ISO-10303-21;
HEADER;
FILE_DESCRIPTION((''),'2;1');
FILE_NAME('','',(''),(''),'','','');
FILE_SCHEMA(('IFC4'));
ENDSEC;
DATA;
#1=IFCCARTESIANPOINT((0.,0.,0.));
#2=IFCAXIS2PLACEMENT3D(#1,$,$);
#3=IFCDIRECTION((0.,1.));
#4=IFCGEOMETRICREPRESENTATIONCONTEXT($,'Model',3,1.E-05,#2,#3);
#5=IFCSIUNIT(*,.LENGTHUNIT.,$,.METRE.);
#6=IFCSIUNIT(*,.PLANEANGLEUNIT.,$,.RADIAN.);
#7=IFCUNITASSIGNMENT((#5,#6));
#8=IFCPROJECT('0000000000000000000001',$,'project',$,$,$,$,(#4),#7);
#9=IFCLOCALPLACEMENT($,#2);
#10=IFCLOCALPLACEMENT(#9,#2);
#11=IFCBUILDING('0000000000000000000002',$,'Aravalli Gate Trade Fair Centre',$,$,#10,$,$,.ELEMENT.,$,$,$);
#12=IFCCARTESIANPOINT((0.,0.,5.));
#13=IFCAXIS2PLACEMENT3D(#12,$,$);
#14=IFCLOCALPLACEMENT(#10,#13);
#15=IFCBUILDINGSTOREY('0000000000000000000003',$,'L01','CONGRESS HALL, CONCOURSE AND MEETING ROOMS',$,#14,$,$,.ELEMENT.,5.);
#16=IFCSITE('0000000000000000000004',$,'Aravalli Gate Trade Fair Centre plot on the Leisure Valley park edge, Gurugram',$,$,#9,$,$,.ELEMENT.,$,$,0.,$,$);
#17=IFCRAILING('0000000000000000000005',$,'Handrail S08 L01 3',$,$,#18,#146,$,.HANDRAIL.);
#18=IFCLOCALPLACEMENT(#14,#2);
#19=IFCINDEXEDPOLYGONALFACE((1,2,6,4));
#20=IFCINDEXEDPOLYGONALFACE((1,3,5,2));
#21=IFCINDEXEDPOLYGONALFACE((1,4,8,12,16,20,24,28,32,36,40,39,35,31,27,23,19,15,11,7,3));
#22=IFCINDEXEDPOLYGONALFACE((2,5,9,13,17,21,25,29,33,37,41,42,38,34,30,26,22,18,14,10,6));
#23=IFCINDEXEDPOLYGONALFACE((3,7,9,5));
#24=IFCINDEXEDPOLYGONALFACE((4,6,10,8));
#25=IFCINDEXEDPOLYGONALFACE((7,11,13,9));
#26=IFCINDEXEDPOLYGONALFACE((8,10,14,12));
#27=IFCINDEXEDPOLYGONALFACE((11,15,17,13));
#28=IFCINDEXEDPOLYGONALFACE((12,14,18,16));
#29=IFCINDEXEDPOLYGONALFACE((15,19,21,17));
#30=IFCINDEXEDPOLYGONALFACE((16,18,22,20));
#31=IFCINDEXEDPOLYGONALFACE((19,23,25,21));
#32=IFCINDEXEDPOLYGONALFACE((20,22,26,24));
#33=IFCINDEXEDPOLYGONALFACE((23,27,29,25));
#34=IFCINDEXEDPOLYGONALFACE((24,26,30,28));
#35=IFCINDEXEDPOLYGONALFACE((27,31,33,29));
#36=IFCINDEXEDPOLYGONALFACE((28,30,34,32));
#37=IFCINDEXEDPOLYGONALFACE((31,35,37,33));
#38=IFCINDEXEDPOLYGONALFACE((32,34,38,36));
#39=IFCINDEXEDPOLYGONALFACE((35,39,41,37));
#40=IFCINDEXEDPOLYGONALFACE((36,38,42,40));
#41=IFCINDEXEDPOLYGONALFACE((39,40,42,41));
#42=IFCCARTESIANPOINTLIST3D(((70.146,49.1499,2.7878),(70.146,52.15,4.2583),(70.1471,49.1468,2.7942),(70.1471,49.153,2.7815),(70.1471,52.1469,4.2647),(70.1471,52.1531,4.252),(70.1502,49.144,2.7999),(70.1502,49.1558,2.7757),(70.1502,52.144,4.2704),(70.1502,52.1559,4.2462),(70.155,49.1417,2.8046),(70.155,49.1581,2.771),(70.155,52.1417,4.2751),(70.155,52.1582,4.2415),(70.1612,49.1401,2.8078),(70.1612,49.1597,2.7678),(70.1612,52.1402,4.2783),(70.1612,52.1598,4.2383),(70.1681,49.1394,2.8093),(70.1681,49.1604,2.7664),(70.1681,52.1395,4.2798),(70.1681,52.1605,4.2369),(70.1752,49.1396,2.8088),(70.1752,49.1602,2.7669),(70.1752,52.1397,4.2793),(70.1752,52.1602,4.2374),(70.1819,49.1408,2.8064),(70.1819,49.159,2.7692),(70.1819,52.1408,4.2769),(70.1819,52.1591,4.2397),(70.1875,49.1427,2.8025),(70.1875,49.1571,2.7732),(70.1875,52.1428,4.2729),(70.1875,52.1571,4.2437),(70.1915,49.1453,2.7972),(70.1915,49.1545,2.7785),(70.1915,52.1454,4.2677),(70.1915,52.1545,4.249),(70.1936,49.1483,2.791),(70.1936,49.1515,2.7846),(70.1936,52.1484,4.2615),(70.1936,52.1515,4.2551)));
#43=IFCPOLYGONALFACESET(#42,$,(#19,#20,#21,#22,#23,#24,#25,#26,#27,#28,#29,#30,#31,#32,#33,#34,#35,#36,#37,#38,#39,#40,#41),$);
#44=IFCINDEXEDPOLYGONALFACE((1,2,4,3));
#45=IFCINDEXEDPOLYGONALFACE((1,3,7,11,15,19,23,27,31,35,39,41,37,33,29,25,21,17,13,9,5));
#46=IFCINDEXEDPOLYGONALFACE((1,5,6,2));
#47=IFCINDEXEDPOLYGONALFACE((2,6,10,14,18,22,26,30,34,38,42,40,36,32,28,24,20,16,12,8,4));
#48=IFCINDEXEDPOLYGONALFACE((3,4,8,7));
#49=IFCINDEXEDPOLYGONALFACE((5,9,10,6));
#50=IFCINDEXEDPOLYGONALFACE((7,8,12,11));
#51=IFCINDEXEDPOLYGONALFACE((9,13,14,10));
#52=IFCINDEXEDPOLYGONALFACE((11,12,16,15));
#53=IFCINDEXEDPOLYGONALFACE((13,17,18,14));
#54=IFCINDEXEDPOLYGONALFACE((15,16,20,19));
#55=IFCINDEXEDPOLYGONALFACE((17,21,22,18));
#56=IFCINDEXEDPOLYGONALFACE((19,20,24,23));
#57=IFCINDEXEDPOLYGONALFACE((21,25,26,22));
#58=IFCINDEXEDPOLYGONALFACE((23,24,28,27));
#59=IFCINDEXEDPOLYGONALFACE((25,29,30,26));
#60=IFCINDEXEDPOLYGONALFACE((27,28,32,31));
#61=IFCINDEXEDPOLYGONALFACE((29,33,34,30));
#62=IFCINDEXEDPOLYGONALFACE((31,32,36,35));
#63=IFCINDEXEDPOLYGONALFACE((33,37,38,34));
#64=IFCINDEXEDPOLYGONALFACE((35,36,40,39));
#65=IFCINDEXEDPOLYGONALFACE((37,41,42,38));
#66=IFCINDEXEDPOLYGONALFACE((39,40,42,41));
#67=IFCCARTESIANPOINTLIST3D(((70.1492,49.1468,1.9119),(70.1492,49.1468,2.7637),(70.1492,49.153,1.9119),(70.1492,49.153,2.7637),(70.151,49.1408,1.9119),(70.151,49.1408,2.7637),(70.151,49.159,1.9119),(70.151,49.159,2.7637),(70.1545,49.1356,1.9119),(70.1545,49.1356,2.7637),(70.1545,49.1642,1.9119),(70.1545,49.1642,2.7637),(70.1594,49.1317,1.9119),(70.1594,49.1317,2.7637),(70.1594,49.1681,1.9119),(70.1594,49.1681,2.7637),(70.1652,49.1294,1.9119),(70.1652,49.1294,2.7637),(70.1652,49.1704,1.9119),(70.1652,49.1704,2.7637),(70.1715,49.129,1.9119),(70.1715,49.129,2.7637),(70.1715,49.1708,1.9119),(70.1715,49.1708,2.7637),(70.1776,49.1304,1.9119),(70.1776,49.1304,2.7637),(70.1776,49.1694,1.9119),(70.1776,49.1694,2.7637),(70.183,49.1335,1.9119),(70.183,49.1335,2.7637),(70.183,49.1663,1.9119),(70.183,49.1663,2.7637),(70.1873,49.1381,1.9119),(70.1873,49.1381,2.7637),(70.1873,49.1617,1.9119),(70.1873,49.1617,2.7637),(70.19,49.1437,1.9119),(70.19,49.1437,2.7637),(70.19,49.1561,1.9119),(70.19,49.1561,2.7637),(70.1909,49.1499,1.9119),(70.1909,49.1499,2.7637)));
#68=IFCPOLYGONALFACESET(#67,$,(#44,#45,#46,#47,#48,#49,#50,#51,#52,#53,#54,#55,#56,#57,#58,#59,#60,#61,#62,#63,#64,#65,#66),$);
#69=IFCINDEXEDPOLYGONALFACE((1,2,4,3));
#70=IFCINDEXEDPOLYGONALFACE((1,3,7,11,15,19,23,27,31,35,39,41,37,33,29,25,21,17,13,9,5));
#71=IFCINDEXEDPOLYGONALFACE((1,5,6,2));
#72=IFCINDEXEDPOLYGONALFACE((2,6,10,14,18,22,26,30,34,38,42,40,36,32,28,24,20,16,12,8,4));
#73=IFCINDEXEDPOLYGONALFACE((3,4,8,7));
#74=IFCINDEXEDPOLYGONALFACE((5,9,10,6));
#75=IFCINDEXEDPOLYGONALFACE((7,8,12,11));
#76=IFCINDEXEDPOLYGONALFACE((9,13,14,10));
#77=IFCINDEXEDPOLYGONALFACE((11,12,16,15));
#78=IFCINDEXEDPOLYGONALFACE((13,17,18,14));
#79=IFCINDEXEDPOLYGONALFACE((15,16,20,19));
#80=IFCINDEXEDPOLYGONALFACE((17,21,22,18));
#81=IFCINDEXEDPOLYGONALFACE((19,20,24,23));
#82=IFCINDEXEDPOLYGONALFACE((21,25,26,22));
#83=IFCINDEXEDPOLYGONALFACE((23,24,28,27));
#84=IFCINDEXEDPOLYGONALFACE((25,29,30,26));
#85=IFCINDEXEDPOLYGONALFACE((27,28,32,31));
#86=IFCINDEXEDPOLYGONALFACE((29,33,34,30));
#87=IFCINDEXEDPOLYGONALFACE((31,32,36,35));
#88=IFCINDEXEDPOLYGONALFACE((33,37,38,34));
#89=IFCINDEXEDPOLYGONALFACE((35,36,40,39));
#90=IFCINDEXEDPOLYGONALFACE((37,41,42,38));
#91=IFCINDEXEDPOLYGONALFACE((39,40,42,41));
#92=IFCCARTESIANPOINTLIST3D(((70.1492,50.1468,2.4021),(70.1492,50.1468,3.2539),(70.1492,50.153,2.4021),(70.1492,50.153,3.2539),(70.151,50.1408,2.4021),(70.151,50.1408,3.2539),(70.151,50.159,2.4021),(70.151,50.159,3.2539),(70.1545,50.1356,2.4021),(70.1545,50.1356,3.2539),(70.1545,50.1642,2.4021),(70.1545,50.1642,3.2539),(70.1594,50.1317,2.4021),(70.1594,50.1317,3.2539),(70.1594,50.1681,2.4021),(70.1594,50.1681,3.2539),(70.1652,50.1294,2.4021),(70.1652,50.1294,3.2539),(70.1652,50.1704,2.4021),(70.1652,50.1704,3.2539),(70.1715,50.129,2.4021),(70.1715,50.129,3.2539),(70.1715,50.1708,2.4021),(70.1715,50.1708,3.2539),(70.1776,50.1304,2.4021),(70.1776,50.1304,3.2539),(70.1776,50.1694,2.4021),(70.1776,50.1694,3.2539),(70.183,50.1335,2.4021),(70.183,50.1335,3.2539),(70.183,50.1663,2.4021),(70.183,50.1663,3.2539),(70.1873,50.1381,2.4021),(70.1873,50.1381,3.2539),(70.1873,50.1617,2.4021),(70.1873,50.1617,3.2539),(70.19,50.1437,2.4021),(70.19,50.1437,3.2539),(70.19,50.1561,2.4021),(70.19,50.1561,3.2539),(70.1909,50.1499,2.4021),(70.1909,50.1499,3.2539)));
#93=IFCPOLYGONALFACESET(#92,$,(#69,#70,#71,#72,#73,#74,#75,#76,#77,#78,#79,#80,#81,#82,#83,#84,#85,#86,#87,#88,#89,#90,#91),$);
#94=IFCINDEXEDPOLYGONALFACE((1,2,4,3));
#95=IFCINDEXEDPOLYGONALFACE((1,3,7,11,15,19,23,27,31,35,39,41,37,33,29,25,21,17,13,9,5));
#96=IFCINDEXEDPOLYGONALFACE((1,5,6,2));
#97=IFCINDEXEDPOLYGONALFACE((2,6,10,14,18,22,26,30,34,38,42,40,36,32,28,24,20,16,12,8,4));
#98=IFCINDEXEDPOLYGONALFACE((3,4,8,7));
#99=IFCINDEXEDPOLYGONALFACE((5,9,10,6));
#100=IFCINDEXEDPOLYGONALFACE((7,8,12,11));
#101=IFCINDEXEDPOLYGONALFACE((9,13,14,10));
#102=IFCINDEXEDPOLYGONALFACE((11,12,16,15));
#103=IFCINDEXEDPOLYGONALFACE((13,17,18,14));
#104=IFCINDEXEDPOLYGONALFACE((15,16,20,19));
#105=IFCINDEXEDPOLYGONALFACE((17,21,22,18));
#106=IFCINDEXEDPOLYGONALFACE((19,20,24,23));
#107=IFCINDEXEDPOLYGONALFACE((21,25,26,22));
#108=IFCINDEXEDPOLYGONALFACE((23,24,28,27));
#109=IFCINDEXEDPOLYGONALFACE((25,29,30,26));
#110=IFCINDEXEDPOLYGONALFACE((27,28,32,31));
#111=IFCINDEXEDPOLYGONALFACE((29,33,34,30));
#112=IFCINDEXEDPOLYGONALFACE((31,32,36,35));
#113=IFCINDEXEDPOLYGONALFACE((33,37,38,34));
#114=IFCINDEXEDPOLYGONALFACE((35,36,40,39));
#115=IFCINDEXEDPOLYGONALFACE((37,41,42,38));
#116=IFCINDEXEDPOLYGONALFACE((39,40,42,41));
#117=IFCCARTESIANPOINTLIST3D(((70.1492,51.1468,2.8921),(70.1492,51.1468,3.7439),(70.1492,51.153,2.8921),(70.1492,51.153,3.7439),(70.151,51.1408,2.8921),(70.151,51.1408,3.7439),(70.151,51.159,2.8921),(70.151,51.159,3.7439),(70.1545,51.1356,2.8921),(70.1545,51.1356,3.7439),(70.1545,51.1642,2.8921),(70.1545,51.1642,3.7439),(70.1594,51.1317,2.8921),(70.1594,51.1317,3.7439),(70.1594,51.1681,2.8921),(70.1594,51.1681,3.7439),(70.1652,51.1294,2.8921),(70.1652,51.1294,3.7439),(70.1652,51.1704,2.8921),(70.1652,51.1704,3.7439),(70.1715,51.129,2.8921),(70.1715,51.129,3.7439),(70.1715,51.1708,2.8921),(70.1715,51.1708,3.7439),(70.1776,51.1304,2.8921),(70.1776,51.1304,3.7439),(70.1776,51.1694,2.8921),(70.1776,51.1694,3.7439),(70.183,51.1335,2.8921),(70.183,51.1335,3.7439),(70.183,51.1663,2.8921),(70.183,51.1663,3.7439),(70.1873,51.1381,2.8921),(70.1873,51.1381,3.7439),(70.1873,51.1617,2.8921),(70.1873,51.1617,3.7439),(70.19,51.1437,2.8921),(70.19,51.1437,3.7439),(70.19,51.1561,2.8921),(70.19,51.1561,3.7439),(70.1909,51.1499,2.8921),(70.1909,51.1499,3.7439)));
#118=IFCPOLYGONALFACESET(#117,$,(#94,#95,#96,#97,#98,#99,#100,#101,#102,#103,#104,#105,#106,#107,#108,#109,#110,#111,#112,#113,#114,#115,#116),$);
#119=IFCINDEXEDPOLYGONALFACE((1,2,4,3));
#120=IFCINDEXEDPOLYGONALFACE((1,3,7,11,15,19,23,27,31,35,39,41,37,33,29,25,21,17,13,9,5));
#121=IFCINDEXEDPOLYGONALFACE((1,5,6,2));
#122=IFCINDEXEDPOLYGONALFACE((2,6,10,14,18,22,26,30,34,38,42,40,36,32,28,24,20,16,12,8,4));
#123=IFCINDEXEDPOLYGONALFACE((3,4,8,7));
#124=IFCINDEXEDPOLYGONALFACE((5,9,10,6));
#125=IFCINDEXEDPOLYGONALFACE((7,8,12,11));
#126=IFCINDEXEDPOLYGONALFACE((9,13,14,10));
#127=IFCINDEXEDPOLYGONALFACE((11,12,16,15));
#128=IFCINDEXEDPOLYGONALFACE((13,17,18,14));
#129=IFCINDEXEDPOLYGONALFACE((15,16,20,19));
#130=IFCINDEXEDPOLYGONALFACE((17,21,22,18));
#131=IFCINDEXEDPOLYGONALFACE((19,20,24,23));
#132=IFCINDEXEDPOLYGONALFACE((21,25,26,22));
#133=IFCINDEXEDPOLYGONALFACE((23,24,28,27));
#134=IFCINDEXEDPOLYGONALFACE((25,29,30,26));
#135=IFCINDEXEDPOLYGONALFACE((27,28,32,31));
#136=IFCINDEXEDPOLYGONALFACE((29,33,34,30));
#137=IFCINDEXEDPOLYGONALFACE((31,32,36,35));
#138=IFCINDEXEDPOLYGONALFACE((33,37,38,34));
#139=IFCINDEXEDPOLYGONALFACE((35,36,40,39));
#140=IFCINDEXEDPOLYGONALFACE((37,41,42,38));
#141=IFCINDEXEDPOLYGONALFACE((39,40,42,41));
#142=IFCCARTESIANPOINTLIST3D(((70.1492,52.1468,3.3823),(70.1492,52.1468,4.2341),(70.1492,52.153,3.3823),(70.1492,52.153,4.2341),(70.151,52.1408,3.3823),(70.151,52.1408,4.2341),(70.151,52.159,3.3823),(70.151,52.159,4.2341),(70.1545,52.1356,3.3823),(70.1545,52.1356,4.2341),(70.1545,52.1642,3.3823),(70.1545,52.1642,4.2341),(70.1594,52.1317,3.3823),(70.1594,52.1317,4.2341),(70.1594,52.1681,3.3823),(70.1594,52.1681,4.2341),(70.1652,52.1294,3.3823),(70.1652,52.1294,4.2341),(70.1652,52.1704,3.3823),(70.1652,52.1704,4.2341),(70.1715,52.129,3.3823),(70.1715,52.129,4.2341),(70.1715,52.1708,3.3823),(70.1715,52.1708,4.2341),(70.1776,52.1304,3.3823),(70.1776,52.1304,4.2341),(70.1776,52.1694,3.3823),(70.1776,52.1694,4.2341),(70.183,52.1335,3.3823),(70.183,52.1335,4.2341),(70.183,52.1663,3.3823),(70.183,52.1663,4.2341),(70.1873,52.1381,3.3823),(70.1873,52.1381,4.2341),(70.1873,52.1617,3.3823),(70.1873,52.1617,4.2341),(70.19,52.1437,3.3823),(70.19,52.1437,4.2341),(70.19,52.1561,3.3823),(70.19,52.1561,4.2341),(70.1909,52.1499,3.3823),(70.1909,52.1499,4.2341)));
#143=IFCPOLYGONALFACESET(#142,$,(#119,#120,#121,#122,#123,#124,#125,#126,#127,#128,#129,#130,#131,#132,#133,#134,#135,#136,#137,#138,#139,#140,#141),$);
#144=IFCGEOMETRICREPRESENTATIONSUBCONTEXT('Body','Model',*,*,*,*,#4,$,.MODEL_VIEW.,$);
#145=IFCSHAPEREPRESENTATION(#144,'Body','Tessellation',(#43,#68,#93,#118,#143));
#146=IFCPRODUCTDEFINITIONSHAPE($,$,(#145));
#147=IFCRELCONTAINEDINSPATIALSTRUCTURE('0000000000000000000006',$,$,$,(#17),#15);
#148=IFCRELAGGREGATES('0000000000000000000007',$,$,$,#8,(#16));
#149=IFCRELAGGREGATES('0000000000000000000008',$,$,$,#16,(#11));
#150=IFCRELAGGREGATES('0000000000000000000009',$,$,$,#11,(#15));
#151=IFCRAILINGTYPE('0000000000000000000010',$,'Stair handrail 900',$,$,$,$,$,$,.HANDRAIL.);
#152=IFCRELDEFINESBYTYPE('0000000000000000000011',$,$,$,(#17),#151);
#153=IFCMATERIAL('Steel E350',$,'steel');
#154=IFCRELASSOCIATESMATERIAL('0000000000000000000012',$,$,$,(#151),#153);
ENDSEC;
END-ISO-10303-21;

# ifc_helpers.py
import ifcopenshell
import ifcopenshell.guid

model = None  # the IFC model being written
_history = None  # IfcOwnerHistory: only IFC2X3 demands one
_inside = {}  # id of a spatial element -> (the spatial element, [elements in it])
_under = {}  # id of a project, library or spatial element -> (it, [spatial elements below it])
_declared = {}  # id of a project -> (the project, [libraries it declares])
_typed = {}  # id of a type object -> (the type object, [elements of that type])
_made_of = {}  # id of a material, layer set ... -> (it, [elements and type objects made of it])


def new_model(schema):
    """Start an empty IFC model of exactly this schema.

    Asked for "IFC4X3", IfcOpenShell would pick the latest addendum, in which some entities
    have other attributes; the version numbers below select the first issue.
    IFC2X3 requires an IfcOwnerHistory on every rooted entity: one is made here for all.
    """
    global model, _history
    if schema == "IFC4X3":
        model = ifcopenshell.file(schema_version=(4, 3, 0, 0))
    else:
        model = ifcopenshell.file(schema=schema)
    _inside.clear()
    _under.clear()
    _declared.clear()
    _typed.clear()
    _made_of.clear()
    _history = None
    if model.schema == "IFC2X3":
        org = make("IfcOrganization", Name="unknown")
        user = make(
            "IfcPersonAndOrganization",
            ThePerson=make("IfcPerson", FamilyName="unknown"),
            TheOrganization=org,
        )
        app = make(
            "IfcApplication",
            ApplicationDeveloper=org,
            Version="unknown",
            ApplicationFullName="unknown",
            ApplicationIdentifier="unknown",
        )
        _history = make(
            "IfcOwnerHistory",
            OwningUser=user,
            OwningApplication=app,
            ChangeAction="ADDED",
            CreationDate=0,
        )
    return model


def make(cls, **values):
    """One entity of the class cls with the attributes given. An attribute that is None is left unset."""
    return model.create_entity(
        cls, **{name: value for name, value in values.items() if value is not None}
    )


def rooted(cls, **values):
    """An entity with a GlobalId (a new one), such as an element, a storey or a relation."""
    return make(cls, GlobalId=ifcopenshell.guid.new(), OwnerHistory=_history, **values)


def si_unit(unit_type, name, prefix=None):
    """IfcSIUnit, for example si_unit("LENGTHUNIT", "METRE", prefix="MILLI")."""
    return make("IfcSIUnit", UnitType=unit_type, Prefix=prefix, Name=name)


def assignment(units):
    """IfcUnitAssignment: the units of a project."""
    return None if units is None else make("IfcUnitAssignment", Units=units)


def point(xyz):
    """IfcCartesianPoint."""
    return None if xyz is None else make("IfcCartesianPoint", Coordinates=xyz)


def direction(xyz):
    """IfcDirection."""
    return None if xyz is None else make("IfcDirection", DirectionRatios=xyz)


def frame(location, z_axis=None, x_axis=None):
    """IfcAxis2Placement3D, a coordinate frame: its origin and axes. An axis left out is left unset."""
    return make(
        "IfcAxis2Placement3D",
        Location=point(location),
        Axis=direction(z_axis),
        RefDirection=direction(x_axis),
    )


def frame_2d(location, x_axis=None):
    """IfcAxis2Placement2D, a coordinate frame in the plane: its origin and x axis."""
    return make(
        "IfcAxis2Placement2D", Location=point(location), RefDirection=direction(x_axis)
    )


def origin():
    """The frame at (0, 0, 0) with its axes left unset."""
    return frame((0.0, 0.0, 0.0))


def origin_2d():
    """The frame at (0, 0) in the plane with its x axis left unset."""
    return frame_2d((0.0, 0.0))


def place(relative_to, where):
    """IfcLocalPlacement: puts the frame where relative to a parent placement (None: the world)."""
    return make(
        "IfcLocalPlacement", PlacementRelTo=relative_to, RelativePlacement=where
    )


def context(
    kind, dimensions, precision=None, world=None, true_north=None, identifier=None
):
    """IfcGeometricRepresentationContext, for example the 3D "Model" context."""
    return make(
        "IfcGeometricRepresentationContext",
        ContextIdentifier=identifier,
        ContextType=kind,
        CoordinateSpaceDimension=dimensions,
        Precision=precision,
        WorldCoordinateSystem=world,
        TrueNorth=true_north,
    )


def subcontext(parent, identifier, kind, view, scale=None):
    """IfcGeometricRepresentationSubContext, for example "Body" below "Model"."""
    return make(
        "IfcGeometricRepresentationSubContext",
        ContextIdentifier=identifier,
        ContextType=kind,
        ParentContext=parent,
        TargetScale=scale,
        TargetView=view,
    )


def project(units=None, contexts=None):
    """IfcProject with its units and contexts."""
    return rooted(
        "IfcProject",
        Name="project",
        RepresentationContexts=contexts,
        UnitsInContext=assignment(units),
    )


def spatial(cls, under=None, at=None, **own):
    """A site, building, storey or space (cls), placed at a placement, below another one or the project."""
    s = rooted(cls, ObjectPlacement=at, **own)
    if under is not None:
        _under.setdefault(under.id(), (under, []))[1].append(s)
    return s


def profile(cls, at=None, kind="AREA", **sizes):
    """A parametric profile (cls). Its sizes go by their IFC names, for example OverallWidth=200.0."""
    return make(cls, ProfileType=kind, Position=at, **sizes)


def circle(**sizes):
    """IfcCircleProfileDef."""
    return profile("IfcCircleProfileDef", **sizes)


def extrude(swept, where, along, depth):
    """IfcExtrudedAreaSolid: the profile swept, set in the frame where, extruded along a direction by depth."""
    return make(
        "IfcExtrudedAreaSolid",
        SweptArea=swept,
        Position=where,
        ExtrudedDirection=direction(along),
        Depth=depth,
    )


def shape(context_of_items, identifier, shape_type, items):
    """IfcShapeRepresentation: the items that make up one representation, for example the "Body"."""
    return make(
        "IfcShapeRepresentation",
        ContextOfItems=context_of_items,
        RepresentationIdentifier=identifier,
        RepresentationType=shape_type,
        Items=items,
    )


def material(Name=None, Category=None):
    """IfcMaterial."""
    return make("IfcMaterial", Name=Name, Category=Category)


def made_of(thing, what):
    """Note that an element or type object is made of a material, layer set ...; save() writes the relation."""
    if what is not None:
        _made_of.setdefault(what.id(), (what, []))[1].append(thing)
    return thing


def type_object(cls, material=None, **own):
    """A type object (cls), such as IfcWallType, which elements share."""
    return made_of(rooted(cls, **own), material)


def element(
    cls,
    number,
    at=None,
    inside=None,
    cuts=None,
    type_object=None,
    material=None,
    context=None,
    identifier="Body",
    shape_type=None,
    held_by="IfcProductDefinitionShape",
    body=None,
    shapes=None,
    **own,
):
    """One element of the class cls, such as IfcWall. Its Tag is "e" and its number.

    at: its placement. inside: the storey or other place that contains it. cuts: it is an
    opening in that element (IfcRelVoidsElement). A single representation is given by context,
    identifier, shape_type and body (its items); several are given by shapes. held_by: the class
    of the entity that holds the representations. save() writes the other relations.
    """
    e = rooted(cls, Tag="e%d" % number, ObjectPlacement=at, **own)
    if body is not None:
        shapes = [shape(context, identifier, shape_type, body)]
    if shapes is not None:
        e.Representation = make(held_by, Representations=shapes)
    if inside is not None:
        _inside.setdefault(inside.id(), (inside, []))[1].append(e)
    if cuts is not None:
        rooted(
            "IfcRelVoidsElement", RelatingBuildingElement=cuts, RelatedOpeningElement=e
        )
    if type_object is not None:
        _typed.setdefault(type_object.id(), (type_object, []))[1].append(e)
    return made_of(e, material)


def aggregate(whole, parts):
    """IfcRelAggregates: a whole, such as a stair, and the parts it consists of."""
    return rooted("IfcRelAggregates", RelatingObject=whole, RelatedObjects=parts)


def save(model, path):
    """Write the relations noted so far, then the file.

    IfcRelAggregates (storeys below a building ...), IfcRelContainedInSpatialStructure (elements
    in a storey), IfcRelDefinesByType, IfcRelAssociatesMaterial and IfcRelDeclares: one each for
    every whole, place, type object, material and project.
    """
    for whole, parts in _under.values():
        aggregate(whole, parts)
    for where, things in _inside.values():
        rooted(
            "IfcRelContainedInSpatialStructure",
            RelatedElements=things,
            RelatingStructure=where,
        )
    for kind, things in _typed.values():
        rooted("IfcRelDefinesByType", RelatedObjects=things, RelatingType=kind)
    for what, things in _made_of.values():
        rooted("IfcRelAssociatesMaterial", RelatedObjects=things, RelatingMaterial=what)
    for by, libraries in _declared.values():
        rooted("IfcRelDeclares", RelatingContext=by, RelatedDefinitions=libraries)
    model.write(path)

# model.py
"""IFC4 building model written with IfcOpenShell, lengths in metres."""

from ifc_helpers import new_model, si_unit, direction, frame, origin, origin_2d, place, context, subcontext, project, spatial, circle, extrude, material, type_object, element, save


model = new_model("IFC4")

# Units and contexts
model_context = context("Model", 3, precision=1e-05, world=origin(), true_north=direction((0.0, 1.0)))
body_context = subcontext(model_context, "Body", "Model", "MODEL_VIEW")
ifc_project = project(units=[si_unit("LENGTHUNIT", "METRE"), si_unit("PLANEANGLEUNIT", "RADIAN")], contexts=[model_context])

# Site, building, storey
site_placement = place(None, origin())
site = spatial("IfcSite", under=ifc_project, at=site_placement, Name="Aravalli Gate Trade Fair Centre plot on the Leisure Valley park edge, Gurugram", CompositionType="ELEMENT", RefElevation=0.0)
building_placement = place(site_placement, origin())
building = spatial("IfcBuilding", under=site, at=building_placement, Name="Aravalli Gate Trade Fair Centre", CompositionType="ELEMENT")
storey_placement = place(building_placement, frame((0.0, 0.0, 5.0)))
storey = spatial("IfcBuildingStorey", under=building, at=storey_placement, Name="L01", Description="CONGRESS HALL, CONCOURSE AND MEETING ROOMS", CompositionType="ELEMENT", Elevation=5.0)

# Railing
ifc_material_1 = material(Name="Steel E350", Category="steel")
railing_type_1 = type_object("IfcRailingType", Name="Stair handrail 900", PredefinedType="HANDRAIL", material=ifc_material_1)
for number, where, name in (
    (1, (70.1699, 49.1499, 1.9119), "Handrail S08 L01 3"),
):
    element("IfcRailing", number, at=place(storey_placement, frame(where)), inside=storey, type_object=railing_type_1, Name=name, PredefinedType="HANDRAIL", context=body_context, shape_type="SweptSolid", body=[
        extrude(circle(Radius=0.0239, at=origin_2d()), frame((0.0, 0.0, 0.876), z_axis=(0.0, 0.897936, 0.440126), x_axis=(-1.0, 0.0, 0.0)), (0.0, 0.0, 1.0), 3.3411),
        extrude(circle(Radius=0.021, at=origin_2d()), origin(), (0.0, 0.0, 1.0), 0.8518),
        extrude(circle(Radius=0.021, at=origin_2d()), frame((0.0, 1.0, 0.4902)), (0.0, 0.0, 1.0), 0.8518),
        extrude(circle(Radius=0.021, at=origin_2d()), frame((0.0, 2.0, 0.9802)), (0.0, 0.0, 1.0), 0.8518),
        extrude(circle(Radius=0.021, at=origin_2d()), frame((0.0, 3.0, 1.4705)), (0.0, 0.0, 1.0), 0.8518),
    ])

save(model, "model.ifc")
